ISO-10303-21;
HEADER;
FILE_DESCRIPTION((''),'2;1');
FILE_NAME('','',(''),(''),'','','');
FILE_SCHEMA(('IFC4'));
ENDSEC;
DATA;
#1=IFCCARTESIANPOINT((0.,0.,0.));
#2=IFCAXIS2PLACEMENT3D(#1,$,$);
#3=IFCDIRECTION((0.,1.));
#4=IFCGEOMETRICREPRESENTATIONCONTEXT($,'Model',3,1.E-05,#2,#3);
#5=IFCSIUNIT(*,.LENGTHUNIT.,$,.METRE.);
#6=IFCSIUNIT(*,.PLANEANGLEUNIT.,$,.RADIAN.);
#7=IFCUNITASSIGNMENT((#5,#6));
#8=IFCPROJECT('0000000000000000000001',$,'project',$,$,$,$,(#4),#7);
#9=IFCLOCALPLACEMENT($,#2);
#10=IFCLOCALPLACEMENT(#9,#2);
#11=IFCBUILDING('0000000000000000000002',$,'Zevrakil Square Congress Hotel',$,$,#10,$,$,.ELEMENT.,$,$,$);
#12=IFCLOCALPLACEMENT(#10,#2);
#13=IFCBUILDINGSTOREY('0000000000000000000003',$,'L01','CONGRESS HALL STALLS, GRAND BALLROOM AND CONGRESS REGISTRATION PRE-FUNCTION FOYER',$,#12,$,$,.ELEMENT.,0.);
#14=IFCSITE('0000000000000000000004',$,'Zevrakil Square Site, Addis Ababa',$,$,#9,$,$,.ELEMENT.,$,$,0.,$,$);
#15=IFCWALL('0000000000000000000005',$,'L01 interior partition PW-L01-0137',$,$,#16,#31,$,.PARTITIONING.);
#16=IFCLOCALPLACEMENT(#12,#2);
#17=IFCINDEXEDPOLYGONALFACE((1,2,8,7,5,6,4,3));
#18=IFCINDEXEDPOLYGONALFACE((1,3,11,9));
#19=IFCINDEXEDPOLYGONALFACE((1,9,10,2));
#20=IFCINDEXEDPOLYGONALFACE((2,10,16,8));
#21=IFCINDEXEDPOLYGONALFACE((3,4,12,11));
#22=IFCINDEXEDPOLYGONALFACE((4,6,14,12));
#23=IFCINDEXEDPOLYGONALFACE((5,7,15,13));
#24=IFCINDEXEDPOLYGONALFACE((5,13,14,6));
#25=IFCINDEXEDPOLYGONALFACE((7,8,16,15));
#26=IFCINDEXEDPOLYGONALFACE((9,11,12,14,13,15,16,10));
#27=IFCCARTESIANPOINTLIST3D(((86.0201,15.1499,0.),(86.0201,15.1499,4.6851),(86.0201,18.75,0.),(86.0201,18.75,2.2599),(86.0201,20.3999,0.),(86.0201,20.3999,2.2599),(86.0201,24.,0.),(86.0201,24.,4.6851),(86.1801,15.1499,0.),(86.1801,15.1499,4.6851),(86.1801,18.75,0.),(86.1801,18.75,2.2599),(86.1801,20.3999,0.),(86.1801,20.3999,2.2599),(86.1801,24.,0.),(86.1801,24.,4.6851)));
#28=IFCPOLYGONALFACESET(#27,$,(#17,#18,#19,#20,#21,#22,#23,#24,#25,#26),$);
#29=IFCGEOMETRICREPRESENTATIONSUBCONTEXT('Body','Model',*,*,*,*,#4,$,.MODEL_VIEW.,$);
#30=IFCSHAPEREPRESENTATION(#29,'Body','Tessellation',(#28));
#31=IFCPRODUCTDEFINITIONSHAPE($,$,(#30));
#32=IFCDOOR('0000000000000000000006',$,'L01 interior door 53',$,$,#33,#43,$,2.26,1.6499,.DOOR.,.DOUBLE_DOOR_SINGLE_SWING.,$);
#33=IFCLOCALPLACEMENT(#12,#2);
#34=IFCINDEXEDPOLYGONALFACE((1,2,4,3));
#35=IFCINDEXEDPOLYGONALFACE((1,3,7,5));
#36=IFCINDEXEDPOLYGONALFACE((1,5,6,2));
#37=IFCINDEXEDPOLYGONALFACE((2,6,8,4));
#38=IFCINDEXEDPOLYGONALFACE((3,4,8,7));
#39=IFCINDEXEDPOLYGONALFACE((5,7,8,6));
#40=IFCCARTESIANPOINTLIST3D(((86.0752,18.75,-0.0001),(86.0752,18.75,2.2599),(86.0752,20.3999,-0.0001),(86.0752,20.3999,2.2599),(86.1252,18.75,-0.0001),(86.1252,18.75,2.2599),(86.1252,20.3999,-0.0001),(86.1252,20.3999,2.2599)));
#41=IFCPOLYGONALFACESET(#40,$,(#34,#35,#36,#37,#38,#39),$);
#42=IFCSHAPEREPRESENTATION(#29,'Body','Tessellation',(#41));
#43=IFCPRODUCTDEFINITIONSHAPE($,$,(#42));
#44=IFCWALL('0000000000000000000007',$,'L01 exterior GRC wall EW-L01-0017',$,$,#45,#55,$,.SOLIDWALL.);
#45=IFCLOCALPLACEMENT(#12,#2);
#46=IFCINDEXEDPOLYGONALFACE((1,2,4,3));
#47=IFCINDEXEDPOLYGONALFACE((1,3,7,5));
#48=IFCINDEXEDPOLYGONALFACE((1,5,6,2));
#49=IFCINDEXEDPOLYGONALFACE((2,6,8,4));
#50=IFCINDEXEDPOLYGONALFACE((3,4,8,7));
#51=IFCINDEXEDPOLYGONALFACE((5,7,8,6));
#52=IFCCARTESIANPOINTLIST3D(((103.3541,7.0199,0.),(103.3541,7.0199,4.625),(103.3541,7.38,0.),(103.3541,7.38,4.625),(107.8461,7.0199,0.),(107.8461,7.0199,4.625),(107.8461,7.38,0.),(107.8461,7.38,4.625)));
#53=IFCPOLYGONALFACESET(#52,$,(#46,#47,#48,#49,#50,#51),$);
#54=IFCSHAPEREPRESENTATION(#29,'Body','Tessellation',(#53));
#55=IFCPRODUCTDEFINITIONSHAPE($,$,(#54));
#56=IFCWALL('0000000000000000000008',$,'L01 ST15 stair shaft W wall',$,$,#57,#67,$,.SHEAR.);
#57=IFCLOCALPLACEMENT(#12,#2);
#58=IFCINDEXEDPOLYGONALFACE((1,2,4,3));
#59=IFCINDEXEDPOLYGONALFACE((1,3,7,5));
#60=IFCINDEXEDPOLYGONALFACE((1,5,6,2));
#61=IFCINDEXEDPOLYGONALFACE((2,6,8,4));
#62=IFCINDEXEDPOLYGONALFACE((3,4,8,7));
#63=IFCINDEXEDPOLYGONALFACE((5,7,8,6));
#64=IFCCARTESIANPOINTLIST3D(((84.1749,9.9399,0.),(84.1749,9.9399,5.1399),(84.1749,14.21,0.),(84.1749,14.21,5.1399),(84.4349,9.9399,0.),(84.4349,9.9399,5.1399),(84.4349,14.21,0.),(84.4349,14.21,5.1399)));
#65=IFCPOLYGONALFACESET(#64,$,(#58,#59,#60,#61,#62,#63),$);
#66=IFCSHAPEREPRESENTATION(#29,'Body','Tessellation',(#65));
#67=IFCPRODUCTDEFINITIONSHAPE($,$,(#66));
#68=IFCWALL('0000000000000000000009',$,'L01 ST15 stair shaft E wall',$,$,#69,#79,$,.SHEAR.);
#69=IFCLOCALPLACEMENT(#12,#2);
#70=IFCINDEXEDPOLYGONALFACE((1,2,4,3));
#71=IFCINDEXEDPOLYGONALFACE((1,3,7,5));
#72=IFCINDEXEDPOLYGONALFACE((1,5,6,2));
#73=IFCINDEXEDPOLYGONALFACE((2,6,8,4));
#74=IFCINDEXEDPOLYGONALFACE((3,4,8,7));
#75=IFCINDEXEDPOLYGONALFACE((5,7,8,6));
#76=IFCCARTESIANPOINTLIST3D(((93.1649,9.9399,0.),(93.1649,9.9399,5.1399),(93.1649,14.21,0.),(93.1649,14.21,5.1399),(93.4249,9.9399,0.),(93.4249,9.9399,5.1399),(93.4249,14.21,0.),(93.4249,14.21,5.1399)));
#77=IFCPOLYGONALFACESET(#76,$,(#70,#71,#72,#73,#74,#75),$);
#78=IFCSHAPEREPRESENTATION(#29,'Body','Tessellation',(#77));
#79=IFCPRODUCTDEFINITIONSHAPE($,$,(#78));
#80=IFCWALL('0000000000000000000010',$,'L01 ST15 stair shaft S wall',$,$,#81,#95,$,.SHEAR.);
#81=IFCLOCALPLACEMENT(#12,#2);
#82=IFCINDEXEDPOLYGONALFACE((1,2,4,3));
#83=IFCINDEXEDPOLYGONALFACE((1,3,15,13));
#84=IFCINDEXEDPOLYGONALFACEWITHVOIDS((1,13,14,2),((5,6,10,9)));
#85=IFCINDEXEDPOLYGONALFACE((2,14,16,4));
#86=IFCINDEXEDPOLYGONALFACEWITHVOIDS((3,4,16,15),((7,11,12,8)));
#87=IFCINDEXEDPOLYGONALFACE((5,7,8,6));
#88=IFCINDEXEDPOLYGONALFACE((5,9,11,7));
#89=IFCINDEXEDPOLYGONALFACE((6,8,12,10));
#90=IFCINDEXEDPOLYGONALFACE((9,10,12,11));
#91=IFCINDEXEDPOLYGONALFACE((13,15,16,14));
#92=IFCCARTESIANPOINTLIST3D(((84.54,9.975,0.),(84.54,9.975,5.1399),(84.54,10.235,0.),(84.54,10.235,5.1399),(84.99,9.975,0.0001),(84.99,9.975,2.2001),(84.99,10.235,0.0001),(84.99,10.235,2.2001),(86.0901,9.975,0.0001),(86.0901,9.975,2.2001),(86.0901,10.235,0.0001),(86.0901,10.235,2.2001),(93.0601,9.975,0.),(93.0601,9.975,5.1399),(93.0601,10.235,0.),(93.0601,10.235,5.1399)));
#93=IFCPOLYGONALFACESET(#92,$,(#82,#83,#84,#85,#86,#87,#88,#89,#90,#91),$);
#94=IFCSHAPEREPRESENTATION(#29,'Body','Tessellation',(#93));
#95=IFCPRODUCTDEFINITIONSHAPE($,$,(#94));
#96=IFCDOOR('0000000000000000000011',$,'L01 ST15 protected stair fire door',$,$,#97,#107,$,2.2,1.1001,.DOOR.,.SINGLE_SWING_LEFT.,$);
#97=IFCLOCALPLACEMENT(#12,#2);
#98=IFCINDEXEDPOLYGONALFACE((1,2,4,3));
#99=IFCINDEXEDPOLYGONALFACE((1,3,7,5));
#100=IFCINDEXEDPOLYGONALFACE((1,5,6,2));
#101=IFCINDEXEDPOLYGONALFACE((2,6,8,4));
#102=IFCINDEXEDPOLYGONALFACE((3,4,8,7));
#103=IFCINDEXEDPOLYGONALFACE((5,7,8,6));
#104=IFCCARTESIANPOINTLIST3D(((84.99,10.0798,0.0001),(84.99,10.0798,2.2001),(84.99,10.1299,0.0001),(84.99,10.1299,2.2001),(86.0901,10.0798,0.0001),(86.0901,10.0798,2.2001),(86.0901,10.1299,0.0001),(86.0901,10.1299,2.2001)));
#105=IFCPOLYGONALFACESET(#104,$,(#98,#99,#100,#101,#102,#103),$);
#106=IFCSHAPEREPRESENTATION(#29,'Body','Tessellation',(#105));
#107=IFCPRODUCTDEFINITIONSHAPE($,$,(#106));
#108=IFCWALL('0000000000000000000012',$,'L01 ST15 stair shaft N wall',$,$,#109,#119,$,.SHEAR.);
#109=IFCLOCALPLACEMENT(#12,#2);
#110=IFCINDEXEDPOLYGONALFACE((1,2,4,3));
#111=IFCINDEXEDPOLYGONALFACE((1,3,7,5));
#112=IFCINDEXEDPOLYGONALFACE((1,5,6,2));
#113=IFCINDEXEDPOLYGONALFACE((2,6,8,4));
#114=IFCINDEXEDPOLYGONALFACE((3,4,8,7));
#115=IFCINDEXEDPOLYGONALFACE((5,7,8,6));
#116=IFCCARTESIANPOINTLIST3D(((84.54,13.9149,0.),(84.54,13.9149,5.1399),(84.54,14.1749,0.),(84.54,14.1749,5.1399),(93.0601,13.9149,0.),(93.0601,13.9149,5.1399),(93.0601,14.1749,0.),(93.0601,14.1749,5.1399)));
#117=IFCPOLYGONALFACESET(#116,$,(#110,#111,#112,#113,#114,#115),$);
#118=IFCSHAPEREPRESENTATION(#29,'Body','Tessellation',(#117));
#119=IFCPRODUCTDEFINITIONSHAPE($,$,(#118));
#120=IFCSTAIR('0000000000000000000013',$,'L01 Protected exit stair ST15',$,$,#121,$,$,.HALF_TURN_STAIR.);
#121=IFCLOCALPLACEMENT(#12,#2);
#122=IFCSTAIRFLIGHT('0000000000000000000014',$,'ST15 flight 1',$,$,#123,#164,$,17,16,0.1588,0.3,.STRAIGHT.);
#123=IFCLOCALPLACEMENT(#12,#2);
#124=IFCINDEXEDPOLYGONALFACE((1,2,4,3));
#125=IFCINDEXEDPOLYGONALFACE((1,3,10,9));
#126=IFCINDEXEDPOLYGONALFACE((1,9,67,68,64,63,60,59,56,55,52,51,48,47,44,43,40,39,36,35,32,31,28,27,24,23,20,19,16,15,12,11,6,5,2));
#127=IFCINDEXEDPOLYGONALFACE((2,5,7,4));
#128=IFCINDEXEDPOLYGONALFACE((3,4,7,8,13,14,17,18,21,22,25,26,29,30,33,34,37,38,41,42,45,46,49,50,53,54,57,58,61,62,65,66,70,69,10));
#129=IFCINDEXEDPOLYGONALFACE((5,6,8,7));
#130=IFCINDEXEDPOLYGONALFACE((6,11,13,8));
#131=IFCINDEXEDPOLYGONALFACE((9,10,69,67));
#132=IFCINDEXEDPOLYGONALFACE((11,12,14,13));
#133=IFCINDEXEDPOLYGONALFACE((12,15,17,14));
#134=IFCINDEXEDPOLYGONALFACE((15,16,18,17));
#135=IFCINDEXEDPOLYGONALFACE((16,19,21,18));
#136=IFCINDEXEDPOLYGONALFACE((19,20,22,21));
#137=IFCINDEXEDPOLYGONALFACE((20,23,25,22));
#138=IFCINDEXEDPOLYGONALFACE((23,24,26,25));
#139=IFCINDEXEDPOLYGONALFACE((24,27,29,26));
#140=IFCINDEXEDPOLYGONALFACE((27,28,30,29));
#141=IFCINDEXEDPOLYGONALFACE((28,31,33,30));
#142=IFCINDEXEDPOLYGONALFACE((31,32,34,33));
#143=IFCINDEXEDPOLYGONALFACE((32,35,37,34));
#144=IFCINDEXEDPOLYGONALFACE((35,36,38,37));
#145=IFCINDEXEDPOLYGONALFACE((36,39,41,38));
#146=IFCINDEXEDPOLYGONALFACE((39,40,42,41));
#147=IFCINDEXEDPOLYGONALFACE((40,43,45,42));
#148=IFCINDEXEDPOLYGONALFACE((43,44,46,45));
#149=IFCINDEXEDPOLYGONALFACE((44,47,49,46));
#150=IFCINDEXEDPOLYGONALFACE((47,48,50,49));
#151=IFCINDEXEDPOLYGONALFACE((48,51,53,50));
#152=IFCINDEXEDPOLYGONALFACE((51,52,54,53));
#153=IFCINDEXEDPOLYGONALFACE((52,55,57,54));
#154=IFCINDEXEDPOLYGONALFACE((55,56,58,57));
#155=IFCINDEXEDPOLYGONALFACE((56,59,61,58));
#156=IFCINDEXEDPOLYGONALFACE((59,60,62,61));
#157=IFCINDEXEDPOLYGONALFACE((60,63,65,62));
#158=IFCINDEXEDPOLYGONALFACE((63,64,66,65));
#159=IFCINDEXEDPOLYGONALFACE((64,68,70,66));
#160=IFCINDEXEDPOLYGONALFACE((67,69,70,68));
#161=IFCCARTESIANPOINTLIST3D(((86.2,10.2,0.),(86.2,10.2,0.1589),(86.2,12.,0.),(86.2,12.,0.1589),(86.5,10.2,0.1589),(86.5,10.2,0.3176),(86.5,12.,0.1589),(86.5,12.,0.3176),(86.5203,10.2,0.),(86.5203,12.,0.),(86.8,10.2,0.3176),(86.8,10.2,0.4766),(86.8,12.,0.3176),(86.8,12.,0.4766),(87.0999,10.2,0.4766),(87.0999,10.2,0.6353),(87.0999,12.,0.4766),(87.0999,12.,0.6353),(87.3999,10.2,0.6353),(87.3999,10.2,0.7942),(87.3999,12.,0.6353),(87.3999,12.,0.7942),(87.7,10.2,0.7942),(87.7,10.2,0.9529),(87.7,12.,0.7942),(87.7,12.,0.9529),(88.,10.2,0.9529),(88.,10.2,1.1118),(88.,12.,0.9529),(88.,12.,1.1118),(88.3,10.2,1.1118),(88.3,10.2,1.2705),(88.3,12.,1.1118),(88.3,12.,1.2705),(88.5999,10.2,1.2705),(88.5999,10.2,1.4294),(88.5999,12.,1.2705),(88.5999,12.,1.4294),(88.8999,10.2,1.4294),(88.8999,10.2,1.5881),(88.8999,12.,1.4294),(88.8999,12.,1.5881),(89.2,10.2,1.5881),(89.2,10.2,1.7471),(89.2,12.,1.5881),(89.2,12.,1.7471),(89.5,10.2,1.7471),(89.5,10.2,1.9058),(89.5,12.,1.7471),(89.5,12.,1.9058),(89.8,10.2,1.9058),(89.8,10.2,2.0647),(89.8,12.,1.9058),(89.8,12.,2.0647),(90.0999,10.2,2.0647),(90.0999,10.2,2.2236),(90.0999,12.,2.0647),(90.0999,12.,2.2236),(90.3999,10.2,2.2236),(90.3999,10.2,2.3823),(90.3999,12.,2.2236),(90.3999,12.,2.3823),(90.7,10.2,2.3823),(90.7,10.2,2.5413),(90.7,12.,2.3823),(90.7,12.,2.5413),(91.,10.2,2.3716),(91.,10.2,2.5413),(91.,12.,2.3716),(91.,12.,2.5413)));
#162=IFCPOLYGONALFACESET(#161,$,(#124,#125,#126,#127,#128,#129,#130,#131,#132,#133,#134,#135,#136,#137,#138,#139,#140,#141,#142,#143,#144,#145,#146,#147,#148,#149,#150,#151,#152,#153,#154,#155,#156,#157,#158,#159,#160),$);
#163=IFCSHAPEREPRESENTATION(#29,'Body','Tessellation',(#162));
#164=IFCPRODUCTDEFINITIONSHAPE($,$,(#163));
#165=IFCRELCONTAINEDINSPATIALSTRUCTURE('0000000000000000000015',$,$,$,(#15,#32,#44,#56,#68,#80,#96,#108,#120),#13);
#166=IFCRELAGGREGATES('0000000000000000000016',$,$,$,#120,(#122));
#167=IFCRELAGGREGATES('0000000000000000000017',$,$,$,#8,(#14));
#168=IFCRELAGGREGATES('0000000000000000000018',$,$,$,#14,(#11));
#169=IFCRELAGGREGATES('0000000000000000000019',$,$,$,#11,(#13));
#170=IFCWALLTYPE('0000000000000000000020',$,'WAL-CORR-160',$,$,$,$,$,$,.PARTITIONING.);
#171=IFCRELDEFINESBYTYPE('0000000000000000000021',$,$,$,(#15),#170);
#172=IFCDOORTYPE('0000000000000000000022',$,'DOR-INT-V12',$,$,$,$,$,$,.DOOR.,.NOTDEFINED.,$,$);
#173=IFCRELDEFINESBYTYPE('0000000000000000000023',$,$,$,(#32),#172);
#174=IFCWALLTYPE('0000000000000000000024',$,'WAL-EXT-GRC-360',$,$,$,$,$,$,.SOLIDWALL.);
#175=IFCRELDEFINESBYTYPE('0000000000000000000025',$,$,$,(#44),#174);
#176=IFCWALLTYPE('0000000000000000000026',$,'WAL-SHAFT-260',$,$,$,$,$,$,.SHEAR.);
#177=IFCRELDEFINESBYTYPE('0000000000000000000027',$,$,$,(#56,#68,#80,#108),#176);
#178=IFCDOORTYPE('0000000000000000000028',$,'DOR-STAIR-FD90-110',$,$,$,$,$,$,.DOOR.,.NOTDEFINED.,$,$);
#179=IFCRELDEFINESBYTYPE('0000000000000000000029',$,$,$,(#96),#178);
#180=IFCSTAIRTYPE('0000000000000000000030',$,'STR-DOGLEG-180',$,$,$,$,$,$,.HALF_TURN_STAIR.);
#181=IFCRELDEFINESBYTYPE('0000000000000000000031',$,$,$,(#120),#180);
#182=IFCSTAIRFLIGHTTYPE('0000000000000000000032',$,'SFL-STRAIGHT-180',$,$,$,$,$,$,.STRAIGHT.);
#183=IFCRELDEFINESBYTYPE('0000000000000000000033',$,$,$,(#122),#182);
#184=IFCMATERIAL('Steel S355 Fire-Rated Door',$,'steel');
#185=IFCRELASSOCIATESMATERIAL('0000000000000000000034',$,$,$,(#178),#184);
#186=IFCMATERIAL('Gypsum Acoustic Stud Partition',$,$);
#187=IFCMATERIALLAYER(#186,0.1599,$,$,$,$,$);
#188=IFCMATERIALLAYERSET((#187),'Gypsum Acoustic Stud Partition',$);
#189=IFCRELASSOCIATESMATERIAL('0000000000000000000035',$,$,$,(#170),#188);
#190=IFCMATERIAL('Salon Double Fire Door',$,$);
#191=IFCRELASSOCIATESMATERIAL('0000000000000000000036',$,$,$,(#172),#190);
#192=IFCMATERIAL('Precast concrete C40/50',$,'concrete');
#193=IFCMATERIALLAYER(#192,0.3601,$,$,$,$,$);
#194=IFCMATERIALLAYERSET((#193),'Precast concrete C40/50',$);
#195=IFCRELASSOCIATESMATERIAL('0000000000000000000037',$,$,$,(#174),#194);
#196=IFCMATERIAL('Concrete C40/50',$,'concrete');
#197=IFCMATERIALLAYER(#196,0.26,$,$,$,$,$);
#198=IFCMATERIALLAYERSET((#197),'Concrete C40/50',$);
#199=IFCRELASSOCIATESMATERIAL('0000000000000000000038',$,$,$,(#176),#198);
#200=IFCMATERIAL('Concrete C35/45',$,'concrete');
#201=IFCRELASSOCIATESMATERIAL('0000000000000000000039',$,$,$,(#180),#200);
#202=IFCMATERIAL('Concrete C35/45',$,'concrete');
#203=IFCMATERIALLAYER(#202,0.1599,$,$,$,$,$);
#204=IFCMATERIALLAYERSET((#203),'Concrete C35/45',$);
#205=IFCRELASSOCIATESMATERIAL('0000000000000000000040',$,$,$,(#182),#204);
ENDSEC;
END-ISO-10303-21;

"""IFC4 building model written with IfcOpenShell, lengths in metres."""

from ifc_helpers import new_model, si_unit, direction, frame, frame_2d, origin, place, context, subcontext, project, spatial, polyline, rectangle, outline, extrude, material, layer, layer_set, type_object, element, fill, aggregate, save


model = new_model("IFC4")

# Units and contexts
model_context = context("Model", 3, precision=1e-05, world=origin(), true_north=direction((0.0, 1.0)))
body_context = subcontext(model_context, "Body", "Model", "MODEL_VIEW")
ifc_project = project(units=[si_unit("LENGTHUNIT", "METRE"), si_unit("PLANEANGLEUNIT", "RADIAN")], contexts=[model_context])

# Site, building, storey
site_placement = place(None, origin())
site = spatial("IfcSite", under=ifc_project, at=site_placement, Name="Zevrakil Square Site, Addis Ababa", CompositionType="ELEMENT", RefElevation=0.0)
building_placement = place(site_placement, origin())
building = spatial("IfcBuilding", under=site, at=building_placement, Name="Zevrakil Square Congress Hotel", CompositionType="ELEMENT")
storey_placement = place(building_placement, origin())
storey = spatial("IfcBuildingStorey", under=building, at=storey_placement, Name="L01", Description="CONGRESS HALL STALLS, GRAND BALLROOM AND CONGRESS REGISTRATION PRE-FUNCTION FOYER", CompositionType="ELEMENT", Elevation=0.0)

# Wall, opening, door
ifc_material_1 = material(Name="Steel S355 Fire-Rated Door", Category="steel")
door_type_1 = type_object("IfcDoorType", Name="DOR-STAIR-FD90-110", OperationType="NOTDEFINED", PredefinedType="DOOR", material=ifc_material_1)
ifc_material_2 = material(Name="Gypsum Acoustic Stud Partition")
ifc_layer_1 = layer(ifc_material_2, 0.1599)
ifc_layer_set_1 = layer_set([ifc_layer_1], Name="Gypsum Acoustic Stud Partition")
wall_type_1 = type_object("IfcWallType", Name="WAL-CORR-160", PredefinedType="PARTITIONING", material=ifc_layer_set_1)
wall_1_placement = place(storey_placement, frame((86.1001, 15.1499, 0.0), z_axis=(0.0, 0.0, 1.0), x_axis=(0.0, 1.0, 0.0)))
wall_1 = element("IfcWall", 1, at=wall_1_placement, inside=storey, type_object=wall_type_1, Name="L01 interior partition PW-L01-0137", PredefinedType="PARTITIONING", context=body_context, shape_type="SweptSolid", body=[
    extrude(rectangle(XDim=8.8501, YDim=0.1599, at=frame_2d((4.425, 0.0))), origin(), (0.0, 0.0, 1.0), 4.6851),
])
opening_1_placement = place(wall_1_placement, frame((3.6001, 0.0, 0.0)))
opening_1 = element("IfcOpeningElement", 2, at=opening_1_placement, cuts=wall_1, PredefinedType="OPENING", context=body_context, shape_type="SweptSolid", body=[
    extrude(rectangle(XDim=1.6499, YDim=2.26, at=frame_2d((0.825, 1.1299))), frame((0.0, 0.0898, 0.0), z_axis=(0.0, -1.0, 0.0), x_axis=(1.0, 0.0, 0.0)), (0.0, 0.0, 1.0), 0.1799),
])
ifc_material_3 = material(Name="Salon Double Fire Door")
door_type_2 = type_object("IfcDoorType", Name="DOR-INT-V12", OperationType="NOTDEFINED", PredefinedType="DOOR", material=ifc_material_3)
door_1_placement = place(opening_1_placement, origin())
door_1 = element("IfcDoor", 3, at=door_1_placement, inside=storey, type_object=door_type_2, Name="L01 interior door 53", OperationType="DOUBLE_DOOR_SINGLE_SWING", OverallHeight=2.26, OverallWidth=1.6499, PredefinedType="DOOR", context=body_context, shape_type="SweptSolid", body=[
    extrude(rectangle(XDim=1.6499, YDim=2.26, at=frame_2d((0.825, 1.1299))), frame((0.0, 0.0249, 0.0), z_axis=(0.0, -1.0, 0.0), x_axis=(1.0, 0.0, 0.0)), (0.0, 0.0, 1.0), 0.05),
])
fill(opening_1, door_1)

# Walls
ifc_material_4 = material(Name="Precast concrete C40/50", Category="concrete")
ifc_layer_2 = layer(ifc_material_4, 0.3601)
ifc_layer_set_2 = layer_set([ifc_layer_2], Name="Precast concrete C40/50")
wall_type_2 = type_object("IfcWallType", Name="WAL-EXT-GRC-360", PredefinedType="SOLIDWALL", material=ifc_layer_set_2)
wall_2_placement = place(storey_placement, frame((103.354, 7.2, 0.0), z_axis=(0.0, 0.0, 1.0), x_axis=(1.0, 0.0, 0.0)))
element("IfcWall", 4, at=wall_2_placement, inside=storey, type_object=wall_type_2, Name="L01 exterior GRC wall EW-L01-0017", PredefinedType="SOLIDWALL", context=body_context, shape_type="SweptSolid", body=[
    extrude(rectangle(XDim=4.4919, YDim=0.3601, at=frame_2d((2.2461, 0.0))), origin(), (0.0, 0.0, 1.0), 4.625),
])
ifc_material_5 = material(Name="Concrete C40/50", Category="concrete")
ifc_layer_3 = layer(ifc_material_5, 0.26)
ifc_layer_set_3 = layer_set([ifc_layer_3], Name="Concrete C40/50")
wall_type_3 = type_object("IfcWallType", Name="WAL-SHAFT-260", PredefinedType="SHEAR", material=ifc_layer_set_3)
for number, where, z_axis, x_axis, name in (
    (5, (84.3049, 9.9399, 0.0), (0.0, 0.0, 1.0), (0.0, 1.0, 0.0), "L01 ST15 stair shaft W wall"),
    (6, (93.2949, 9.9399, 0.0), (0.0, 0.0, 1.0), (0.0, 1.0, 0.0), "L01 ST15 stair shaft E wall"),
):
    element("IfcWall", number, at=place(storey_placement, frame(where, z_axis=z_axis, x_axis=x_axis)), inside=storey, type_object=wall_type_3, Name=name, PredefinedType="SHEAR", context=body_context, shape_type="SweptSolid", body=[
        extrude(rectangle(XDim=4.27, YDim=0.26, at=frame_2d((2.135, 0.0))), origin(), (0.0, 0.0, 1.0), 5.1399),
    ])

# Wall, opening, door
wall_3_placement = place(storey_placement, frame((84.54, 10.105, 0.0), z_axis=(0.0, 0.0, 1.0), x_axis=(1.0, 0.0, 0.0)))
wall_3 = element("IfcWall", 7, at=wall_3_placement, inside=storey, type_object=wall_type_3, Name="L01 ST15 stair shaft S wall", PredefinedType="SHEAR", context=body_context, shape_type="SweptSolid", body=[
    extrude(rectangle(XDim=8.52, YDim=0.26, at=frame_2d((4.26, 0.0))), origin(), (0.0, 0.0, 1.0), 5.1399),
])
opening_2_placement = place(wall_3_placement, frame((0.45, 0.0, 0.0)))
opening_2 = element("IfcOpeningElement", 8, at=opening_2_placement, cuts=wall_3, PredefinedType="OPENING", context=body_context, shape_type="SweptSolid", body=[
    extrude(rectangle(XDim=1.1001, YDim=2.2, at=frame_2d((0.55, 1.1001))), frame((0.0, 0.1401, 0.0), z_axis=(0.0, -1.0, 0.0), x_axis=(1.0, 0.0, 0.0)), (0.0, 0.0, 1.0), 0.28),
])
door_2_placement = place(opening_2_placement, origin())
door_2 = element("IfcDoor", 9, at=door_2_placement, inside=storey, type_object=door_type_1, Name="L01 ST15 protected stair fire door", OperationType="SINGLE_SWING_LEFT", OverallHeight=2.2, OverallWidth=1.1001, PredefinedType="DOOR", context=body_context, shape_type="SweptSolid", body=[
    extrude(rectangle(XDim=1.1001, YDim=2.2, at=frame_2d((0.55, 1.1001))), frame((0.0, 0.0249, 0.0), z_axis=(0.0, -1.0, 0.0), x_axis=(1.0, 0.0, 0.0)), (0.0, 0.0, 1.0), 0.05),
])
fill(opening_2, door_2)

# Wall
wall_4_placement = place(storey_placement, frame((84.54, 14.0449, 0.0), z_axis=(0.0, 0.0, 1.0), x_axis=(1.0, 0.0, 0.0)))
element("IfcWall", 10, at=wall_4_placement, inside=storey, type_object=wall_type_3, Name="L01 ST15 stair shaft N wall", PredefinedType="SHEAR", context=body_context, shape_type="SweptSolid", body=[
    extrude(rectangle(XDim=8.52, YDim=0.26, at=frame_2d((4.26, 0.0))), origin(), (0.0, 0.0, 1.0), 5.1399),
])

# Stair, stair flight
ifc_material_6 = material(Name="Concrete C35/45", Category="concrete")
stair_type = type_object("IfcStairType", Name="STR-DOGLEG-180", PredefinedType="HALF_TURN_STAIR", material=ifc_material_6)
stair_placement = place(storey_placement, origin())
stair = element("IfcStair", 11, at=stair_placement, inside=storey, type_object=stair_type, Name="L01 Protected exit stair ST15", PredefinedType="HALF_TURN_STAIR")
ifc_material_7 = material(Name="Concrete C35/45", Category="concrete")
ifc_layer_4 = layer(ifc_material_7, 0.1599)
ifc_layer_set_4 = layer_set([ifc_layer_4], Name="Concrete C35/45")
stair_flight_type = type_object("IfcStairFlightType", Name="SFL-STRAIGHT-180", PredefinedType="STRAIGHT", material=ifc_layer_set_4)
stair_flight_1_placement = place(storey_placement, frame((86.2, 11.1001, 0.0), z_axis=(0.0, 0.0, 1.0), x_axis=(1.0, 0.0, 0.0)))
stair_flight_1 = element("IfcStairFlight", 12, at=stair_flight_1_placement, type_object=stair_flight_type, Name="ST15 flight 1", NumberOfRisers=17, NumberOfTreads=16, PredefinedType="STRAIGHT", RiserHeight=0.1588, TreadLength=0.3, context=body_context, shape_type="SweptSolid", body=[
    extrude(outline(polyline([(0.0, 0.0), (0.0, 0.1589), (0.3, 0.1589), (0.3, 0.3176), (0.6001, 0.3176), (0.6001, 0.4766), (0.8999, 0.4766), (0.8999, 0.6353), (1.2, 0.6353), (1.2, 0.7942), (1.5, 0.7942), (1.5, 0.9529), (1.8, 0.9529), (1.8, 1.1118), (2.1001, 1.1118), (2.1001, 1.2705), (2.3999, 1.2705), (2.3999, 1.4294), (2.7, 1.4294), (2.7, 1.5881), (3.0, 1.5881), (3.0, 1.7471), (3.3, 1.7471), (3.3, 1.9058), (3.6001, 1.9058), (3.6001, 2.0647), (3.8999, 2.0647), (3.8999, 2.2236), (4.2, 2.2236), (4.2, 2.3823), (4.5, 2.3823), (4.5, 2.5413), (4.8, 2.5413), (4.8, 2.7), (4.8, 2.3716), (0.3203, 0.0), (0.0, 0.0)])), frame((0.0, 0.8999, 0.0), z_axis=(0.0, -1.0, 0.0), x_axis=(1.0, 0.0, 0.0)), (0.0, 0.0, 1.0), 1.8),
])
aggregate(stair, [stair_flight_1])

save(model, "model.ifc")
